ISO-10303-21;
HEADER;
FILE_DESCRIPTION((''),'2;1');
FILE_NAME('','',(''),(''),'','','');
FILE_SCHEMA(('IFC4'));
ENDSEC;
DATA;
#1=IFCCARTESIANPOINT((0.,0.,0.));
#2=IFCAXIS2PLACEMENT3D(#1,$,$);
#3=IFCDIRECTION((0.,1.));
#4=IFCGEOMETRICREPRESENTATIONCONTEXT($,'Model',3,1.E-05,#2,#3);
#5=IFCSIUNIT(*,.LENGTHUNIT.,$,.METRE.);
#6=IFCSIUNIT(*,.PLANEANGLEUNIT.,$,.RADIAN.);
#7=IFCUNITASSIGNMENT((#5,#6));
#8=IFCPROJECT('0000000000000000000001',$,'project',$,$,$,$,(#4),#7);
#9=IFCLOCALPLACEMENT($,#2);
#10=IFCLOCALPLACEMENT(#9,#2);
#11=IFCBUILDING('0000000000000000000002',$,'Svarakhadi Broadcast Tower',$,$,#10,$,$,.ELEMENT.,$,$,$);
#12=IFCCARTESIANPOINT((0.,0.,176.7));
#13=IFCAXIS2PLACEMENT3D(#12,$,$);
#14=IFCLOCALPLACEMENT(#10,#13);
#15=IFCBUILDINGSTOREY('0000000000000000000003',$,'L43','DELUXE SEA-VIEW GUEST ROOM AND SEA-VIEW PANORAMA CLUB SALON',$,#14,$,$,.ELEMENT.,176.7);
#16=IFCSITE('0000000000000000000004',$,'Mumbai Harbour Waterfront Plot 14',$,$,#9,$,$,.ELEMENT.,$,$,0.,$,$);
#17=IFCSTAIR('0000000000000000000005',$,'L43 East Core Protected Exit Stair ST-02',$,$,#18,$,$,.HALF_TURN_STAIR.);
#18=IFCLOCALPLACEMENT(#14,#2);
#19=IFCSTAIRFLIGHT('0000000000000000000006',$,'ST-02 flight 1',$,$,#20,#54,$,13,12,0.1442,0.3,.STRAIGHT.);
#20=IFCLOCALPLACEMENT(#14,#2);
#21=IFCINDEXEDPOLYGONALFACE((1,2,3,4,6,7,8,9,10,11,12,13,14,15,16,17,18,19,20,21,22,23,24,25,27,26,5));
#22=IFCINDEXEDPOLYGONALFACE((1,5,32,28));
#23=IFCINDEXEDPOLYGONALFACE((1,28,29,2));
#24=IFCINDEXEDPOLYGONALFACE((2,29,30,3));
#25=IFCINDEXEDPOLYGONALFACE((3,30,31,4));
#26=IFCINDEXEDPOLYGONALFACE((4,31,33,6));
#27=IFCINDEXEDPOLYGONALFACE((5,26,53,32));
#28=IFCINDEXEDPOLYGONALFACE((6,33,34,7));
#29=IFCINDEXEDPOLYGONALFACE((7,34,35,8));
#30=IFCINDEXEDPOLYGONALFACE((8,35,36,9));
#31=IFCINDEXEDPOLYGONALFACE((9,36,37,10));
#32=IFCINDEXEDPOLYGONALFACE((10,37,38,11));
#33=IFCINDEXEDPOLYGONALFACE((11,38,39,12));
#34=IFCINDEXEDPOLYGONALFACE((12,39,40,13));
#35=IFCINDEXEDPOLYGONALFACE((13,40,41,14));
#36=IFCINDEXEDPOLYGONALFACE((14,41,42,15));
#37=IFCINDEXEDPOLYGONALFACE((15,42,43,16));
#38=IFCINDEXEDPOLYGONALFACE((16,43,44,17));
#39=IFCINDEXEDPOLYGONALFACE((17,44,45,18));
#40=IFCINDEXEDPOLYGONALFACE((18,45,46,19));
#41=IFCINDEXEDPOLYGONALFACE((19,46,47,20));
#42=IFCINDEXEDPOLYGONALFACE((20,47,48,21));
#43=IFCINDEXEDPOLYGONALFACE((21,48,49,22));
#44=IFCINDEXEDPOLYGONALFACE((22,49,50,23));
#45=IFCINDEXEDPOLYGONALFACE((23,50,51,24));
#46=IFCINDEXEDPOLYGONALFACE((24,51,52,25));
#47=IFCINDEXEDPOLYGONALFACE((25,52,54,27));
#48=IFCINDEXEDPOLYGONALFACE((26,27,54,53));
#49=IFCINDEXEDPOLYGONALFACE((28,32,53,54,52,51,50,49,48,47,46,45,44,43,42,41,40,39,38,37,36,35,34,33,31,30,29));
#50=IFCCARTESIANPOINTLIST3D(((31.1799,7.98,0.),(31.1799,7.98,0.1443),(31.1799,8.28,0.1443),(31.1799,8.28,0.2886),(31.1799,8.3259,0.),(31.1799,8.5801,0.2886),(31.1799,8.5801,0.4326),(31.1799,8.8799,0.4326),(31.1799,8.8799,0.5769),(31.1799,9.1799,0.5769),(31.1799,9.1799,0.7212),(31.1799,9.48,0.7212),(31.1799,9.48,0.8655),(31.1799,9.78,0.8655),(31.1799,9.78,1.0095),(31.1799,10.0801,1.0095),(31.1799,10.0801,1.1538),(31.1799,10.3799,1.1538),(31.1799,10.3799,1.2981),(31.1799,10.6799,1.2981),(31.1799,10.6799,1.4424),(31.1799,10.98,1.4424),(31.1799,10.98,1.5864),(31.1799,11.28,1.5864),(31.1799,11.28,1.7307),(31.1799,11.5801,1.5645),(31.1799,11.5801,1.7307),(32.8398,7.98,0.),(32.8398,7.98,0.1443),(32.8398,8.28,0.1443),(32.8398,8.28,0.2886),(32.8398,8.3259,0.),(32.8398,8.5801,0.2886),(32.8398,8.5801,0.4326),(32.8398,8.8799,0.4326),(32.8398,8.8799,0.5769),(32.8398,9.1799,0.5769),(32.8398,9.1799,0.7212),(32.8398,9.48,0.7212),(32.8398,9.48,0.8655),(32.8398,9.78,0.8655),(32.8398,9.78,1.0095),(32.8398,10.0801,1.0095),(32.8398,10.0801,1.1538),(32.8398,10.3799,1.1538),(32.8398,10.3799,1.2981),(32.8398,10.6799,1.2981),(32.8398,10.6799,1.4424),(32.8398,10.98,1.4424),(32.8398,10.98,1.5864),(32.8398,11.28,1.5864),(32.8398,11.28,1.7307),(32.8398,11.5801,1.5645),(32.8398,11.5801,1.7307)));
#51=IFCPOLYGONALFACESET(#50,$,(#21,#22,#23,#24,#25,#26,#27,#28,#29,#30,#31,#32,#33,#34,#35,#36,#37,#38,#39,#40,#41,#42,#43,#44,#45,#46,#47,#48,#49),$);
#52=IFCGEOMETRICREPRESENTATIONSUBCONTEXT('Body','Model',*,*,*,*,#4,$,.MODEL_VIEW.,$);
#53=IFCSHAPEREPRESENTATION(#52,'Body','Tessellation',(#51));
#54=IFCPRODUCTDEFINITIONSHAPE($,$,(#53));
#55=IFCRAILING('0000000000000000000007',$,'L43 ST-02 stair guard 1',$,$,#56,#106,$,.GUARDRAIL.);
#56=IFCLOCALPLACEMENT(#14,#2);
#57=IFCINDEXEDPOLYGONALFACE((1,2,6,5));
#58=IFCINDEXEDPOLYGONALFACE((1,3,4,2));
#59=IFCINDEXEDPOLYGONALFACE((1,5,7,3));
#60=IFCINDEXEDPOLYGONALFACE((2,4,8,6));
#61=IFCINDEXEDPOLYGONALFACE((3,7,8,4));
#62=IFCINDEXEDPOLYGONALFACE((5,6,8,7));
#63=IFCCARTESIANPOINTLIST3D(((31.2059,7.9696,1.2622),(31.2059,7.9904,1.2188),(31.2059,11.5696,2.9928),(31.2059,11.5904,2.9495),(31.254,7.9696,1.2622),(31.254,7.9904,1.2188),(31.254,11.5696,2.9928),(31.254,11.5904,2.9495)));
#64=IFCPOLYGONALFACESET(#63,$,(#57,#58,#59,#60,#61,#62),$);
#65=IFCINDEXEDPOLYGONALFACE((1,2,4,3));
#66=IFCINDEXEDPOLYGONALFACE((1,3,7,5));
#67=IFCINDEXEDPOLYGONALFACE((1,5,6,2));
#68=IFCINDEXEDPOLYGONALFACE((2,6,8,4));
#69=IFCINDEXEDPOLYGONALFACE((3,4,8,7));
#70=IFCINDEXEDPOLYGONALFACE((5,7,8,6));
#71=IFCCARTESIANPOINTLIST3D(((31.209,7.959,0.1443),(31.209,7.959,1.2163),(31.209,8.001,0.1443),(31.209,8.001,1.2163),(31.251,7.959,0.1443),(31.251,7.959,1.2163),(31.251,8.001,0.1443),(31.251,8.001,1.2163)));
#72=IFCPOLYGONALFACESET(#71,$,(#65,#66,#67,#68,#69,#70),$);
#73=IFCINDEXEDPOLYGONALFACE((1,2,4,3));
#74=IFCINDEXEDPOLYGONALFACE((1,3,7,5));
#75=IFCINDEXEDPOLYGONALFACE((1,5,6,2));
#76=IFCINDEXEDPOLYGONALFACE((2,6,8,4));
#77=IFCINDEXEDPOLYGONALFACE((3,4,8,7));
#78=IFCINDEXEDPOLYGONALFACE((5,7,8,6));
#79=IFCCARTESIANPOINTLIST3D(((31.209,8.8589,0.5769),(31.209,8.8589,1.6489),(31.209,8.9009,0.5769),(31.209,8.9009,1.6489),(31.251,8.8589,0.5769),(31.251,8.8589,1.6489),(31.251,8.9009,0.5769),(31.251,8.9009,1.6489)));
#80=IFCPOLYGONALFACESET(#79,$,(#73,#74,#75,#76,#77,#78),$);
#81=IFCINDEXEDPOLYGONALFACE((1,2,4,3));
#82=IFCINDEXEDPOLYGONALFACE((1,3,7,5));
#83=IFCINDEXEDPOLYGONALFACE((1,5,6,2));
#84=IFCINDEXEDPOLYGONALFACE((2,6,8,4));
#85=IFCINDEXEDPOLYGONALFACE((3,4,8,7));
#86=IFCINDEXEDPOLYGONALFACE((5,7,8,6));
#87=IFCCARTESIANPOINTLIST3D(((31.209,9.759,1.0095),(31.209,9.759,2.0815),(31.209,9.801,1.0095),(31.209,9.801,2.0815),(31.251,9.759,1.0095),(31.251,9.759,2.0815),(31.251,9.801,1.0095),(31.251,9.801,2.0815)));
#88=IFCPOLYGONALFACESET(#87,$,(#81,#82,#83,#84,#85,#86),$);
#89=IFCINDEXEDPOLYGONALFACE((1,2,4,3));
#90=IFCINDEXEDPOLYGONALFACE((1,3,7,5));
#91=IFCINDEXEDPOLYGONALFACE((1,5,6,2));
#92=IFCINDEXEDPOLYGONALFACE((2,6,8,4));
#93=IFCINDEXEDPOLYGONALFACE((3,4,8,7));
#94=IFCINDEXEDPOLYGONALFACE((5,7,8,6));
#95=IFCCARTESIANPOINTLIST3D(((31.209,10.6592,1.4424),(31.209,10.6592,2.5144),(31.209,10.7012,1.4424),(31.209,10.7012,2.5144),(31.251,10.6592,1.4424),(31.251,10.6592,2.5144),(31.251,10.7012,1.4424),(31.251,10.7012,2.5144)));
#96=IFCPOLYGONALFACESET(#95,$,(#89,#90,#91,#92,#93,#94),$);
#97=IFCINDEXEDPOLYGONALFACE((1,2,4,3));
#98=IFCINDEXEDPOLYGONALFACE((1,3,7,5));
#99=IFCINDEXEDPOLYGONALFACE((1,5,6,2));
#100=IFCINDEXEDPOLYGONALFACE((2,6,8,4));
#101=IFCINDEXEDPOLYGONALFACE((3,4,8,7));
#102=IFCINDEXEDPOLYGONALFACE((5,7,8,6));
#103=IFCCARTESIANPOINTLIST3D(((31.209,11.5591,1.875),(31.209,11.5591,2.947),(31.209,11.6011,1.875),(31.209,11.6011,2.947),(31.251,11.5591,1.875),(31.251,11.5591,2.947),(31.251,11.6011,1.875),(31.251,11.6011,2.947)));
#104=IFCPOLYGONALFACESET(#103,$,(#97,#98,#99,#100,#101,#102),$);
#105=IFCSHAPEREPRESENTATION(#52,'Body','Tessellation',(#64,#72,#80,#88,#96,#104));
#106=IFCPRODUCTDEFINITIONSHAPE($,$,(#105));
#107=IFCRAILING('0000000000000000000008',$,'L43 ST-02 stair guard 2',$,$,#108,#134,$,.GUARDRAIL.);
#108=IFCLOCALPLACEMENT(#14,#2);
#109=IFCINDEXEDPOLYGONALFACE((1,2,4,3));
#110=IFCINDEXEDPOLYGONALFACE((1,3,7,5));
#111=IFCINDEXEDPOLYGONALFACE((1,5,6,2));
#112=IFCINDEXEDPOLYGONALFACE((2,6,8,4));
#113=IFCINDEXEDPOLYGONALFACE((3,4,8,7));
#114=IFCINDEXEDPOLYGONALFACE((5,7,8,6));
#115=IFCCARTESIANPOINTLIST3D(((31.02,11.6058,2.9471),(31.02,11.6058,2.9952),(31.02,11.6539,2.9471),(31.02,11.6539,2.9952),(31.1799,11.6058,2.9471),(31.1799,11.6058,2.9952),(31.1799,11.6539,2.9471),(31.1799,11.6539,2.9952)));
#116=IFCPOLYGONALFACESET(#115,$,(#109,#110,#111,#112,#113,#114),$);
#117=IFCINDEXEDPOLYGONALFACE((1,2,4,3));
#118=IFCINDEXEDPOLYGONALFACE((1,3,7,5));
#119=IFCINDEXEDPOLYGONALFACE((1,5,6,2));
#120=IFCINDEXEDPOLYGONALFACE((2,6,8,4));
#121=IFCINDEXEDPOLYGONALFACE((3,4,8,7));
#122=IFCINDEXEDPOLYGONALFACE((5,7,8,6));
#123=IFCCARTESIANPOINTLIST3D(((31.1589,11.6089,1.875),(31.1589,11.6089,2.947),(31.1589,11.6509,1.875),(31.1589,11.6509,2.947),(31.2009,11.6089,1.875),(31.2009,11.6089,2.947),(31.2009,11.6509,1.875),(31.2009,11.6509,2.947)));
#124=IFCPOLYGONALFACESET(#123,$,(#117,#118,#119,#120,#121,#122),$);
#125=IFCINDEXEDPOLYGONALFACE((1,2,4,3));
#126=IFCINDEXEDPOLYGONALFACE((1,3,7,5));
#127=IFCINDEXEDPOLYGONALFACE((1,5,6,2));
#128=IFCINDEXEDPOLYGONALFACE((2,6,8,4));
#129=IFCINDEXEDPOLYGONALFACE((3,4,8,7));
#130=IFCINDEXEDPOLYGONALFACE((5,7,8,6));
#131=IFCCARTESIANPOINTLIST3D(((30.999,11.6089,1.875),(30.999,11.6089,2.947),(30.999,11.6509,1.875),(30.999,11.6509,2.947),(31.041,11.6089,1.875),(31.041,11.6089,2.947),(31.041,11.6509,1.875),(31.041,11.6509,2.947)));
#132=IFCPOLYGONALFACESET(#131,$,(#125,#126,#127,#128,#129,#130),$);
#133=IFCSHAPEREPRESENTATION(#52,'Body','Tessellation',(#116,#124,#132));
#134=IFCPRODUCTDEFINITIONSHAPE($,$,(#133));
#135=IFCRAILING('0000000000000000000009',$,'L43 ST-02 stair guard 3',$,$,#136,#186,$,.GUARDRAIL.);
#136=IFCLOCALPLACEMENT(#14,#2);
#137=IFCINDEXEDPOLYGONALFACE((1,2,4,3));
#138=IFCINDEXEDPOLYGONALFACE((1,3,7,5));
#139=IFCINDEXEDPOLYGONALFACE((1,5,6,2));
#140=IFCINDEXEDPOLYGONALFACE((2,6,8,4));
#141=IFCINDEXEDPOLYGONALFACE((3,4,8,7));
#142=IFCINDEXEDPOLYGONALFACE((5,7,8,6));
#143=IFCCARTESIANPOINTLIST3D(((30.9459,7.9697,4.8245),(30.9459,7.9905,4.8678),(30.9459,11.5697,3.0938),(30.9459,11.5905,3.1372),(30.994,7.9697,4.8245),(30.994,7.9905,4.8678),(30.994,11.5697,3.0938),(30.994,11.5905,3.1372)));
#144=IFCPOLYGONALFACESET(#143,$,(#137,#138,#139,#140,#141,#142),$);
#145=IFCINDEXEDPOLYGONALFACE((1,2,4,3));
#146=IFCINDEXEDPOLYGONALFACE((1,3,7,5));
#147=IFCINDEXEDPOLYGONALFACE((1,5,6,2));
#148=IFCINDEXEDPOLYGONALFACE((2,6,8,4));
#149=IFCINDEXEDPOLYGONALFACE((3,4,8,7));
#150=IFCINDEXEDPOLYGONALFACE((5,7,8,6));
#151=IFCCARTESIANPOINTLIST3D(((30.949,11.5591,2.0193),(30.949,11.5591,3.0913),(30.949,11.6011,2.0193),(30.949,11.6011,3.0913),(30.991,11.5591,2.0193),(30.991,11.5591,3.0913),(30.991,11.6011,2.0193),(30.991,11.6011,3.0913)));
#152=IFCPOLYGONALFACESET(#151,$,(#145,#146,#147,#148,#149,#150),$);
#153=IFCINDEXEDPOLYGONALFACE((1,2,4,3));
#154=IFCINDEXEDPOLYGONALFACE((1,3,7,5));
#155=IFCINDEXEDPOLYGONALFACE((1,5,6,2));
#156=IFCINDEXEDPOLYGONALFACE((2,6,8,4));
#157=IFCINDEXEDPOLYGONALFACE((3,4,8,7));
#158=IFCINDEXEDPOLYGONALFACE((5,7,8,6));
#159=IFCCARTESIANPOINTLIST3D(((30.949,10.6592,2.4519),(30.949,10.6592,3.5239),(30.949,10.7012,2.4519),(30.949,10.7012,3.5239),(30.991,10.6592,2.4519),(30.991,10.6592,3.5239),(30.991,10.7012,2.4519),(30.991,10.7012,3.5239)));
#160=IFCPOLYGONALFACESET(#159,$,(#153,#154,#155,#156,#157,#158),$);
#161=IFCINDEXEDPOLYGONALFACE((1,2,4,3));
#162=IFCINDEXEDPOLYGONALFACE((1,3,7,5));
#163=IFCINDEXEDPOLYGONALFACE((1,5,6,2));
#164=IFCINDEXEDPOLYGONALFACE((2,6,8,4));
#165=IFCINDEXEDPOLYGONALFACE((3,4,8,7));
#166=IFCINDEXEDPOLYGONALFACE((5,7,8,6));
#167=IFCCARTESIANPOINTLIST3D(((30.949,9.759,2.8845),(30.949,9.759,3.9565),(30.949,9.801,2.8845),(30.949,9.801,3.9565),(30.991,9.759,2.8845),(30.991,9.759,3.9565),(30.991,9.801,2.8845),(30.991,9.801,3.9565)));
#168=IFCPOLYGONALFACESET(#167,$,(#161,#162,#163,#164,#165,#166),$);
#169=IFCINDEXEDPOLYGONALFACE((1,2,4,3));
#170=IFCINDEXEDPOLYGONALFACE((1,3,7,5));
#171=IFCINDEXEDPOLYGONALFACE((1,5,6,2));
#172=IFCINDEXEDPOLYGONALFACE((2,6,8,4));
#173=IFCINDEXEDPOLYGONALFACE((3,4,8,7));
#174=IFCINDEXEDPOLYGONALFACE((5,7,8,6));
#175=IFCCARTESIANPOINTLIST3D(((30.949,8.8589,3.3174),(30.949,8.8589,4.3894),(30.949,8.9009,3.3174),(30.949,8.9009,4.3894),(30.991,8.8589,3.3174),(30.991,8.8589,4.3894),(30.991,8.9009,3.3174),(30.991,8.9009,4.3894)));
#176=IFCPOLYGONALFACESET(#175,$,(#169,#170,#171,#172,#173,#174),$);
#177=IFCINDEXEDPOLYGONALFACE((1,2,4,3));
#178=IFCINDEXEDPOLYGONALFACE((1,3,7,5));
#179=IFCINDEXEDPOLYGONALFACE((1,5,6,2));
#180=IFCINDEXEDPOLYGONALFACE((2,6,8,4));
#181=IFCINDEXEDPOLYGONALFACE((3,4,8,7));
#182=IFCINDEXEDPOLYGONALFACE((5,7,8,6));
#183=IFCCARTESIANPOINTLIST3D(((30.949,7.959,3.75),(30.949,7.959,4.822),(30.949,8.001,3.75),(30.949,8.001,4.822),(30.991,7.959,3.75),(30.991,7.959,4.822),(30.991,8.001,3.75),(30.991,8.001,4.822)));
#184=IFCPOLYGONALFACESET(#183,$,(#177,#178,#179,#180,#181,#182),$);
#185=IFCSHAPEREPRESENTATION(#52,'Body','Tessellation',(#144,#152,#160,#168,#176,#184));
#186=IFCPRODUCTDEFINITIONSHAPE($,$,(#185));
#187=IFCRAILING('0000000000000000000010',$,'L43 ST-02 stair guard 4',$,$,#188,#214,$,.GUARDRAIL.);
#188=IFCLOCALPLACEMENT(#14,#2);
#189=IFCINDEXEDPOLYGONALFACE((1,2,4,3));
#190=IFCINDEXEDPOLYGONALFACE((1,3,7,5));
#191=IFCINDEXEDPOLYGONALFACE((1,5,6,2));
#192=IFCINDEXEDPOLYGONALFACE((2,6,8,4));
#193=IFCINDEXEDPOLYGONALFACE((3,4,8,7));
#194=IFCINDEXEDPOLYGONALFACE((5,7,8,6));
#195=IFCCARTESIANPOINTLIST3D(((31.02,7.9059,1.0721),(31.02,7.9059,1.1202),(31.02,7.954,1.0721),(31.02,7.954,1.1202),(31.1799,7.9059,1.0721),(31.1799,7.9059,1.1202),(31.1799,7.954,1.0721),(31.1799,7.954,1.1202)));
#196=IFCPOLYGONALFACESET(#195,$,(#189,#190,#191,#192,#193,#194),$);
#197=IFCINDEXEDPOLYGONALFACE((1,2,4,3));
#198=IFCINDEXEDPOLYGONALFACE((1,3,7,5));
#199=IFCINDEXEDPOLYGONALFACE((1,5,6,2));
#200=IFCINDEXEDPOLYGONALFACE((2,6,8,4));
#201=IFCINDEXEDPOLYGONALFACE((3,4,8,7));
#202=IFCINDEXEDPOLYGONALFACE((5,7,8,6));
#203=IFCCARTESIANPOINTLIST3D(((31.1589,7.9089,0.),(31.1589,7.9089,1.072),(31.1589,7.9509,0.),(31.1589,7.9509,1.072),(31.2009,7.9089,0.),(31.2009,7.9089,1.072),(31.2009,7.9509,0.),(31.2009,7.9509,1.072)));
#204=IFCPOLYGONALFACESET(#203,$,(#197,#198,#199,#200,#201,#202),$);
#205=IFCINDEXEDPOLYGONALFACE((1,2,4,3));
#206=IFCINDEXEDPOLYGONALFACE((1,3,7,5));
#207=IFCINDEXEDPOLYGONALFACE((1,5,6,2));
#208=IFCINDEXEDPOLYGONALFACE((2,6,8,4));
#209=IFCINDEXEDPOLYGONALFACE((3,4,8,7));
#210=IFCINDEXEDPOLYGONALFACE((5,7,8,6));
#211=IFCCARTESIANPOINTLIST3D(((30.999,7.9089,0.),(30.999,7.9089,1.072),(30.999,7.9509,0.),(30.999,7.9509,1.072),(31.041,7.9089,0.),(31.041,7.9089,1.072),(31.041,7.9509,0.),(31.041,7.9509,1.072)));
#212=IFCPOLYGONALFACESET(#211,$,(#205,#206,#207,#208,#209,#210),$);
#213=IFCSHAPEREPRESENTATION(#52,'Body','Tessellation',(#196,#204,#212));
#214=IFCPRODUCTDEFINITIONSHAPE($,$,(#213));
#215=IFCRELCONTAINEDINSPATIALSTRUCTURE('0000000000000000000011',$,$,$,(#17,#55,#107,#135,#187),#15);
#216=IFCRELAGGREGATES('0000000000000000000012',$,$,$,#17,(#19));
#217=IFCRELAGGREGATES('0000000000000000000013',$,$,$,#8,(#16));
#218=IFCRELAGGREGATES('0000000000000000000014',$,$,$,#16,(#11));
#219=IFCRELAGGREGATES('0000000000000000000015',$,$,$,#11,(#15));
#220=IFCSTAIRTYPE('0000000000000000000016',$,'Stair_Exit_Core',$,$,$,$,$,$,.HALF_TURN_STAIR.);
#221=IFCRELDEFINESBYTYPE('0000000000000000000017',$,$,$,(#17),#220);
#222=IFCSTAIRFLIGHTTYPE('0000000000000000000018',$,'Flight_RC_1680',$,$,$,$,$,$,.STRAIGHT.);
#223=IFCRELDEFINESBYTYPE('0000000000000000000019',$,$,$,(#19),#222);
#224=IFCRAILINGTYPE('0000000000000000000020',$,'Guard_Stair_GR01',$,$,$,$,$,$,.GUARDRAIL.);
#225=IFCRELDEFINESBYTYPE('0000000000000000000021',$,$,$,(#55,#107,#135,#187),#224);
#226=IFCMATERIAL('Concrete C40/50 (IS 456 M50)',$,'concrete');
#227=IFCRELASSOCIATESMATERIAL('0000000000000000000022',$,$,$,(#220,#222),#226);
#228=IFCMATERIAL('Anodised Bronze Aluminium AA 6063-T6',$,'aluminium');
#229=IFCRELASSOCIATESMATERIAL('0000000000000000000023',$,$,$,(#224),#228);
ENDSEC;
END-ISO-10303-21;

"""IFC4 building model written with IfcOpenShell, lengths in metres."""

from ifc_helpers import new_model, si_unit, direction, frame, origin, origin_2d, place, context, subcontext, project, spatial, polyline, rectangle, outline, extrude, material, type_object, element, aggregate, save


model = new_model("IFC4")

# Units and contexts
model_context = context("Model", 3, precision=1e-05, world=origin(), true_north=direction((0.0, 1.0)))
body_context = subcontext(model_context, "Body", "Model", "MODEL_VIEW")
ifc_project = project(units=[si_unit("LENGTHUNIT", "METRE"), si_unit("PLANEANGLEUNIT", "RADIAN")], contexts=[model_context])

# Site, building, storey
site_placement = place(None, origin())
site = spatial("IfcSite", under=ifc_project, at=site_placement, Name="Mumbai Harbour Waterfront Plot 14", CompositionType="ELEMENT", RefElevation=0.0)
building_placement = place(site_placement, origin())
building = spatial("IfcBuilding", under=site, at=building_placement, Name="Svarakhadi Broadcast Tower", CompositionType="ELEMENT")
storey_placement = place(building_placement, frame((0.0, 0.0, 176.7)))
storey = spatial("IfcBuildingStorey", under=building, at=storey_placement, Name="L43", Description="DELUXE SEA-VIEW GUEST ROOM AND SEA-VIEW PANORAMA CLUB SALON", CompositionType="ELEMENT", Elevation=176.7)

# Shared definitions
ifc_material_1 = material(Name="Anodised Bronze Aluminium AA 6063-T6", Category="aluminium")

# Shared definitions
ifc_material_2 = material(Name="Concrete C40/50 (IS 456 M50)", Category="concrete")

# Stair, stair flight
stair_type = type_object("IfcStairType", Name="Stair_Exit_Core", PredefinedType="HALF_TURN_STAIR", material=ifc_material_2)
stair_placement = place(storey_placement, origin())
stair = element("IfcStair", 1, at=stair_placement, inside=storey, type_object=stair_type, Name="L43 East Core Protected Exit Stair ST-02", PredefinedType="HALF_TURN_STAIR")
stair_flight_type = type_object("IfcStairFlightType", Name="Flight_RC_1680", PredefinedType="STRAIGHT", material=ifc_material_2)
stair_flight_placement = place(storey_placement, frame((32.01, 7.98, 0.0), z_axis=(0.0, 0.0, 1.0), x_axis=(0.0, 1.0, 0.0)))
stair_flight = element("IfcStairFlight", 2, at=stair_flight_placement, type_object=stair_flight_type, Name="ST-02 flight 1", NumberOfRisers=13, NumberOfTreads=12, PredefinedType="STRAIGHT", RiserHeight=0.1442, TreadLength=0.3, context=body_context, shape_type="SweptSolid", body=[
    extrude(outline(polyline([(0.0, 0.0), (0.0, 0.1443), (0.3, 0.1443), (0.3, 0.2886), (0.6001, 0.2886), (0.6001, 0.4326), (0.8999, 0.4326), (0.8999, 0.5769), (1.2, 0.5769), (1.2, 0.7212), (1.5, 0.7212), (1.5, 0.8655), (1.8, 0.8655), (1.8, 1.0095), (2.1001, 1.0095), (2.1001, 1.1538), (2.3999, 1.1538), (2.3999, 1.2981), (2.7, 1.2981), (2.7, 1.4424), (3.0, 1.4424), (3.0, 1.5864), (3.3, 1.5864), (3.3, 1.7307), (3.6001, 1.7307), (3.6001, 1.875), (3.6001, 1.5645), (0.3459, 0.0), (0.0, 0.0)])), frame((0.0, 0.8301, 0.0), z_axis=(0.0, -1.0, 0.0), x_axis=(1.0, 0.0, 0.0)), (0.0, 0.0, 1.0), 1.6599),
])
aggregate(stair, [stair_flight])

# Railings
railing_type_1 = type_object("IfcRailingType", Name="Guard_Stair_GR01", PredefinedType="GUARDRAIL", material=ifc_material_1)
railing_1_placement = place(storey_placement, frame((31.23, 7.98, 0.1443)))
element("IfcRailing", 3, at=railing_1_placement, inside=storey, type_object=railing_type_1, Name="L43 ST-02 stair guard 1", PredefinedType="GUARDRAIL", context=body_context, shape_type="SweptSolid", body=[
    extrude(rectangle(XDim=0.0481, YDim=0.0481, at=origin_2d()), frame((0.0, 0.0, 1.0962), z_axis=(0.0, 0.901263, 0.433273), x_axis=(-1.0, 0.0, 0.0)), (0.0, 0.0, 1.0), 3.9944),
    extrude(rectangle(XDim=0.042, YDim=0.042, at=origin_2d()), origin(), (0.0, 0.0, 1.0), 1.072),
    extrude(rectangle(XDim=0.042, YDim=0.042, at=origin_2d()), frame((0.0, 0.8999, 0.4326)), (0.0, 0.0, 1.0), 1.072),
    extrude(rectangle(XDim=0.042, YDim=0.042, at=origin_2d()), frame((0.0, 1.8, 0.8652)), (0.0, 0.0, 1.0), 1.072),
    extrude(rectangle(XDim=0.042, YDim=0.042, at=origin_2d()), frame((0.0, 2.7002, 1.2981)), (0.0, 0.0, 1.0), 1.072),
    extrude(rectangle(XDim=0.042, YDim=0.042, at=origin_2d()), frame((0.0, 3.6001, 1.7307)), (0.0, 0.0, 1.0), 1.072),
])
railing_2_placement = place(storey_placement, frame((31.1799, 11.6299, 1.875)))
element("IfcRailing", 4, at=railing_2_placement, inside=storey, type_object=railing_type_1, Name="L43 ST-02 stair guard 2", PredefinedType="GUARDRAIL", context=body_context, shape_type="SweptSolid", body=[
    extrude(rectangle(XDim=0.0481, YDim=0.0481, at=origin_2d()), frame((0.0, 0.0, 1.0962), z_axis=(-1.0, 0.0, 0.0), x_axis=(0.0, -1.0, 0.0)), (0.0, 0.0, 1.0), 0.1599),
    extrude(rectangle(XDim=0.042, YDim=0.042, at=origin_2d()), origin(), (0.0, 0.0, 1.0), 1.072),
    extrude(rectangle(XDim=0.042, YDim=0.042, at=origin_2d()), frame((-0.1599, 0.0, 0.0)), (0.0, 0.0, 1.0), 1.072),
])
railing_3_placement = place(storey_placement, frame((30.97, 11.5801, 2.0193)))
element("IfcRailing", 5, at=railing_3_placement, inside=storey, type_object=railing_type_1, Name="L43 ST-02 stair guard 3", PredefinedType="GUARDRAIL", context=body_context, shape_type="SweptSolid", body=[
    extrude(rectangle(XDim=0.0481, YDim=0.0481, at=origin_2d()), frame((0.0, 0.0, 1.0962), z_axis=(0.0, -0.901263, 0.433273), x_axis=(1.0, 0.0, 0.0)), (0.0, 0.0, 1.0), 3.9944),
    extrude(rectangle(XDim=0.042, YDim=0.042, at=origin_2d()), origin(), (0.0, 0.0, 1.0), 1.072),
    extrude(rectangle(XDim=0.042, YDim=0.042, at=origin_2d()), frame((0.0, -0.8999, 0.4326)), (0.0, 0.0, 1.0), 1.072),
    extrude(rectangle(XDim=0.042, YDim=0.042, at=origin_2d()), frame((0.0, -1.8, 0.8652)), (0.0, 0.0, 1.0), 1.072),
    extrude(rectangle(XDim=0.042, YDim=0.042, at=origin_2d()), frame((0.0, -2.7002, 1.2981)), (0.0, 0.0, 1.0), 1.072),
    extrude(rectangle(XDim=0.042, YDim=0.042, at=origin_2d()), frame((0.0, -3.6001, 1.7307)), (0.0, 0.0, 1.0), 1.072),
])
railing_4_placement = place(storey_placement, frame((31.1799, 7.9299, 0.0)))
element("IfcRailing", 6, at=railing_4_placement, inside=storey, type_object=railing_type_1, Name="L43 ST-02 stair guard 4", PredefinedType="GUARDRAIL", context=body_context, shape_type="SweptSolid", body=[
    extrude(rectangle(XDim=0.0481, YDim=0.0481, at=origin_2d()), frame((0.0, 0.0, 1.0962), z_axis=(-1.0, 0.0, 0.0), x_axis=(0.0, -1.0, 0.0)), (0.0, 0.0, 1.0), 0.1599),
    extrude(rectangle(XDim=0.042, YDim=0.042, at=origin_2d()), origin(), (0.0, 0.0, 1.0), 1.072),
    extrude(rectangle(XDim=0.042, YDim=0.042, at=origin_2d()), frame((-0.1599, 0.0, 0.0)), (0.0, 0.0, 1.0), 1.072),
])

save(model, "model.ifc")
